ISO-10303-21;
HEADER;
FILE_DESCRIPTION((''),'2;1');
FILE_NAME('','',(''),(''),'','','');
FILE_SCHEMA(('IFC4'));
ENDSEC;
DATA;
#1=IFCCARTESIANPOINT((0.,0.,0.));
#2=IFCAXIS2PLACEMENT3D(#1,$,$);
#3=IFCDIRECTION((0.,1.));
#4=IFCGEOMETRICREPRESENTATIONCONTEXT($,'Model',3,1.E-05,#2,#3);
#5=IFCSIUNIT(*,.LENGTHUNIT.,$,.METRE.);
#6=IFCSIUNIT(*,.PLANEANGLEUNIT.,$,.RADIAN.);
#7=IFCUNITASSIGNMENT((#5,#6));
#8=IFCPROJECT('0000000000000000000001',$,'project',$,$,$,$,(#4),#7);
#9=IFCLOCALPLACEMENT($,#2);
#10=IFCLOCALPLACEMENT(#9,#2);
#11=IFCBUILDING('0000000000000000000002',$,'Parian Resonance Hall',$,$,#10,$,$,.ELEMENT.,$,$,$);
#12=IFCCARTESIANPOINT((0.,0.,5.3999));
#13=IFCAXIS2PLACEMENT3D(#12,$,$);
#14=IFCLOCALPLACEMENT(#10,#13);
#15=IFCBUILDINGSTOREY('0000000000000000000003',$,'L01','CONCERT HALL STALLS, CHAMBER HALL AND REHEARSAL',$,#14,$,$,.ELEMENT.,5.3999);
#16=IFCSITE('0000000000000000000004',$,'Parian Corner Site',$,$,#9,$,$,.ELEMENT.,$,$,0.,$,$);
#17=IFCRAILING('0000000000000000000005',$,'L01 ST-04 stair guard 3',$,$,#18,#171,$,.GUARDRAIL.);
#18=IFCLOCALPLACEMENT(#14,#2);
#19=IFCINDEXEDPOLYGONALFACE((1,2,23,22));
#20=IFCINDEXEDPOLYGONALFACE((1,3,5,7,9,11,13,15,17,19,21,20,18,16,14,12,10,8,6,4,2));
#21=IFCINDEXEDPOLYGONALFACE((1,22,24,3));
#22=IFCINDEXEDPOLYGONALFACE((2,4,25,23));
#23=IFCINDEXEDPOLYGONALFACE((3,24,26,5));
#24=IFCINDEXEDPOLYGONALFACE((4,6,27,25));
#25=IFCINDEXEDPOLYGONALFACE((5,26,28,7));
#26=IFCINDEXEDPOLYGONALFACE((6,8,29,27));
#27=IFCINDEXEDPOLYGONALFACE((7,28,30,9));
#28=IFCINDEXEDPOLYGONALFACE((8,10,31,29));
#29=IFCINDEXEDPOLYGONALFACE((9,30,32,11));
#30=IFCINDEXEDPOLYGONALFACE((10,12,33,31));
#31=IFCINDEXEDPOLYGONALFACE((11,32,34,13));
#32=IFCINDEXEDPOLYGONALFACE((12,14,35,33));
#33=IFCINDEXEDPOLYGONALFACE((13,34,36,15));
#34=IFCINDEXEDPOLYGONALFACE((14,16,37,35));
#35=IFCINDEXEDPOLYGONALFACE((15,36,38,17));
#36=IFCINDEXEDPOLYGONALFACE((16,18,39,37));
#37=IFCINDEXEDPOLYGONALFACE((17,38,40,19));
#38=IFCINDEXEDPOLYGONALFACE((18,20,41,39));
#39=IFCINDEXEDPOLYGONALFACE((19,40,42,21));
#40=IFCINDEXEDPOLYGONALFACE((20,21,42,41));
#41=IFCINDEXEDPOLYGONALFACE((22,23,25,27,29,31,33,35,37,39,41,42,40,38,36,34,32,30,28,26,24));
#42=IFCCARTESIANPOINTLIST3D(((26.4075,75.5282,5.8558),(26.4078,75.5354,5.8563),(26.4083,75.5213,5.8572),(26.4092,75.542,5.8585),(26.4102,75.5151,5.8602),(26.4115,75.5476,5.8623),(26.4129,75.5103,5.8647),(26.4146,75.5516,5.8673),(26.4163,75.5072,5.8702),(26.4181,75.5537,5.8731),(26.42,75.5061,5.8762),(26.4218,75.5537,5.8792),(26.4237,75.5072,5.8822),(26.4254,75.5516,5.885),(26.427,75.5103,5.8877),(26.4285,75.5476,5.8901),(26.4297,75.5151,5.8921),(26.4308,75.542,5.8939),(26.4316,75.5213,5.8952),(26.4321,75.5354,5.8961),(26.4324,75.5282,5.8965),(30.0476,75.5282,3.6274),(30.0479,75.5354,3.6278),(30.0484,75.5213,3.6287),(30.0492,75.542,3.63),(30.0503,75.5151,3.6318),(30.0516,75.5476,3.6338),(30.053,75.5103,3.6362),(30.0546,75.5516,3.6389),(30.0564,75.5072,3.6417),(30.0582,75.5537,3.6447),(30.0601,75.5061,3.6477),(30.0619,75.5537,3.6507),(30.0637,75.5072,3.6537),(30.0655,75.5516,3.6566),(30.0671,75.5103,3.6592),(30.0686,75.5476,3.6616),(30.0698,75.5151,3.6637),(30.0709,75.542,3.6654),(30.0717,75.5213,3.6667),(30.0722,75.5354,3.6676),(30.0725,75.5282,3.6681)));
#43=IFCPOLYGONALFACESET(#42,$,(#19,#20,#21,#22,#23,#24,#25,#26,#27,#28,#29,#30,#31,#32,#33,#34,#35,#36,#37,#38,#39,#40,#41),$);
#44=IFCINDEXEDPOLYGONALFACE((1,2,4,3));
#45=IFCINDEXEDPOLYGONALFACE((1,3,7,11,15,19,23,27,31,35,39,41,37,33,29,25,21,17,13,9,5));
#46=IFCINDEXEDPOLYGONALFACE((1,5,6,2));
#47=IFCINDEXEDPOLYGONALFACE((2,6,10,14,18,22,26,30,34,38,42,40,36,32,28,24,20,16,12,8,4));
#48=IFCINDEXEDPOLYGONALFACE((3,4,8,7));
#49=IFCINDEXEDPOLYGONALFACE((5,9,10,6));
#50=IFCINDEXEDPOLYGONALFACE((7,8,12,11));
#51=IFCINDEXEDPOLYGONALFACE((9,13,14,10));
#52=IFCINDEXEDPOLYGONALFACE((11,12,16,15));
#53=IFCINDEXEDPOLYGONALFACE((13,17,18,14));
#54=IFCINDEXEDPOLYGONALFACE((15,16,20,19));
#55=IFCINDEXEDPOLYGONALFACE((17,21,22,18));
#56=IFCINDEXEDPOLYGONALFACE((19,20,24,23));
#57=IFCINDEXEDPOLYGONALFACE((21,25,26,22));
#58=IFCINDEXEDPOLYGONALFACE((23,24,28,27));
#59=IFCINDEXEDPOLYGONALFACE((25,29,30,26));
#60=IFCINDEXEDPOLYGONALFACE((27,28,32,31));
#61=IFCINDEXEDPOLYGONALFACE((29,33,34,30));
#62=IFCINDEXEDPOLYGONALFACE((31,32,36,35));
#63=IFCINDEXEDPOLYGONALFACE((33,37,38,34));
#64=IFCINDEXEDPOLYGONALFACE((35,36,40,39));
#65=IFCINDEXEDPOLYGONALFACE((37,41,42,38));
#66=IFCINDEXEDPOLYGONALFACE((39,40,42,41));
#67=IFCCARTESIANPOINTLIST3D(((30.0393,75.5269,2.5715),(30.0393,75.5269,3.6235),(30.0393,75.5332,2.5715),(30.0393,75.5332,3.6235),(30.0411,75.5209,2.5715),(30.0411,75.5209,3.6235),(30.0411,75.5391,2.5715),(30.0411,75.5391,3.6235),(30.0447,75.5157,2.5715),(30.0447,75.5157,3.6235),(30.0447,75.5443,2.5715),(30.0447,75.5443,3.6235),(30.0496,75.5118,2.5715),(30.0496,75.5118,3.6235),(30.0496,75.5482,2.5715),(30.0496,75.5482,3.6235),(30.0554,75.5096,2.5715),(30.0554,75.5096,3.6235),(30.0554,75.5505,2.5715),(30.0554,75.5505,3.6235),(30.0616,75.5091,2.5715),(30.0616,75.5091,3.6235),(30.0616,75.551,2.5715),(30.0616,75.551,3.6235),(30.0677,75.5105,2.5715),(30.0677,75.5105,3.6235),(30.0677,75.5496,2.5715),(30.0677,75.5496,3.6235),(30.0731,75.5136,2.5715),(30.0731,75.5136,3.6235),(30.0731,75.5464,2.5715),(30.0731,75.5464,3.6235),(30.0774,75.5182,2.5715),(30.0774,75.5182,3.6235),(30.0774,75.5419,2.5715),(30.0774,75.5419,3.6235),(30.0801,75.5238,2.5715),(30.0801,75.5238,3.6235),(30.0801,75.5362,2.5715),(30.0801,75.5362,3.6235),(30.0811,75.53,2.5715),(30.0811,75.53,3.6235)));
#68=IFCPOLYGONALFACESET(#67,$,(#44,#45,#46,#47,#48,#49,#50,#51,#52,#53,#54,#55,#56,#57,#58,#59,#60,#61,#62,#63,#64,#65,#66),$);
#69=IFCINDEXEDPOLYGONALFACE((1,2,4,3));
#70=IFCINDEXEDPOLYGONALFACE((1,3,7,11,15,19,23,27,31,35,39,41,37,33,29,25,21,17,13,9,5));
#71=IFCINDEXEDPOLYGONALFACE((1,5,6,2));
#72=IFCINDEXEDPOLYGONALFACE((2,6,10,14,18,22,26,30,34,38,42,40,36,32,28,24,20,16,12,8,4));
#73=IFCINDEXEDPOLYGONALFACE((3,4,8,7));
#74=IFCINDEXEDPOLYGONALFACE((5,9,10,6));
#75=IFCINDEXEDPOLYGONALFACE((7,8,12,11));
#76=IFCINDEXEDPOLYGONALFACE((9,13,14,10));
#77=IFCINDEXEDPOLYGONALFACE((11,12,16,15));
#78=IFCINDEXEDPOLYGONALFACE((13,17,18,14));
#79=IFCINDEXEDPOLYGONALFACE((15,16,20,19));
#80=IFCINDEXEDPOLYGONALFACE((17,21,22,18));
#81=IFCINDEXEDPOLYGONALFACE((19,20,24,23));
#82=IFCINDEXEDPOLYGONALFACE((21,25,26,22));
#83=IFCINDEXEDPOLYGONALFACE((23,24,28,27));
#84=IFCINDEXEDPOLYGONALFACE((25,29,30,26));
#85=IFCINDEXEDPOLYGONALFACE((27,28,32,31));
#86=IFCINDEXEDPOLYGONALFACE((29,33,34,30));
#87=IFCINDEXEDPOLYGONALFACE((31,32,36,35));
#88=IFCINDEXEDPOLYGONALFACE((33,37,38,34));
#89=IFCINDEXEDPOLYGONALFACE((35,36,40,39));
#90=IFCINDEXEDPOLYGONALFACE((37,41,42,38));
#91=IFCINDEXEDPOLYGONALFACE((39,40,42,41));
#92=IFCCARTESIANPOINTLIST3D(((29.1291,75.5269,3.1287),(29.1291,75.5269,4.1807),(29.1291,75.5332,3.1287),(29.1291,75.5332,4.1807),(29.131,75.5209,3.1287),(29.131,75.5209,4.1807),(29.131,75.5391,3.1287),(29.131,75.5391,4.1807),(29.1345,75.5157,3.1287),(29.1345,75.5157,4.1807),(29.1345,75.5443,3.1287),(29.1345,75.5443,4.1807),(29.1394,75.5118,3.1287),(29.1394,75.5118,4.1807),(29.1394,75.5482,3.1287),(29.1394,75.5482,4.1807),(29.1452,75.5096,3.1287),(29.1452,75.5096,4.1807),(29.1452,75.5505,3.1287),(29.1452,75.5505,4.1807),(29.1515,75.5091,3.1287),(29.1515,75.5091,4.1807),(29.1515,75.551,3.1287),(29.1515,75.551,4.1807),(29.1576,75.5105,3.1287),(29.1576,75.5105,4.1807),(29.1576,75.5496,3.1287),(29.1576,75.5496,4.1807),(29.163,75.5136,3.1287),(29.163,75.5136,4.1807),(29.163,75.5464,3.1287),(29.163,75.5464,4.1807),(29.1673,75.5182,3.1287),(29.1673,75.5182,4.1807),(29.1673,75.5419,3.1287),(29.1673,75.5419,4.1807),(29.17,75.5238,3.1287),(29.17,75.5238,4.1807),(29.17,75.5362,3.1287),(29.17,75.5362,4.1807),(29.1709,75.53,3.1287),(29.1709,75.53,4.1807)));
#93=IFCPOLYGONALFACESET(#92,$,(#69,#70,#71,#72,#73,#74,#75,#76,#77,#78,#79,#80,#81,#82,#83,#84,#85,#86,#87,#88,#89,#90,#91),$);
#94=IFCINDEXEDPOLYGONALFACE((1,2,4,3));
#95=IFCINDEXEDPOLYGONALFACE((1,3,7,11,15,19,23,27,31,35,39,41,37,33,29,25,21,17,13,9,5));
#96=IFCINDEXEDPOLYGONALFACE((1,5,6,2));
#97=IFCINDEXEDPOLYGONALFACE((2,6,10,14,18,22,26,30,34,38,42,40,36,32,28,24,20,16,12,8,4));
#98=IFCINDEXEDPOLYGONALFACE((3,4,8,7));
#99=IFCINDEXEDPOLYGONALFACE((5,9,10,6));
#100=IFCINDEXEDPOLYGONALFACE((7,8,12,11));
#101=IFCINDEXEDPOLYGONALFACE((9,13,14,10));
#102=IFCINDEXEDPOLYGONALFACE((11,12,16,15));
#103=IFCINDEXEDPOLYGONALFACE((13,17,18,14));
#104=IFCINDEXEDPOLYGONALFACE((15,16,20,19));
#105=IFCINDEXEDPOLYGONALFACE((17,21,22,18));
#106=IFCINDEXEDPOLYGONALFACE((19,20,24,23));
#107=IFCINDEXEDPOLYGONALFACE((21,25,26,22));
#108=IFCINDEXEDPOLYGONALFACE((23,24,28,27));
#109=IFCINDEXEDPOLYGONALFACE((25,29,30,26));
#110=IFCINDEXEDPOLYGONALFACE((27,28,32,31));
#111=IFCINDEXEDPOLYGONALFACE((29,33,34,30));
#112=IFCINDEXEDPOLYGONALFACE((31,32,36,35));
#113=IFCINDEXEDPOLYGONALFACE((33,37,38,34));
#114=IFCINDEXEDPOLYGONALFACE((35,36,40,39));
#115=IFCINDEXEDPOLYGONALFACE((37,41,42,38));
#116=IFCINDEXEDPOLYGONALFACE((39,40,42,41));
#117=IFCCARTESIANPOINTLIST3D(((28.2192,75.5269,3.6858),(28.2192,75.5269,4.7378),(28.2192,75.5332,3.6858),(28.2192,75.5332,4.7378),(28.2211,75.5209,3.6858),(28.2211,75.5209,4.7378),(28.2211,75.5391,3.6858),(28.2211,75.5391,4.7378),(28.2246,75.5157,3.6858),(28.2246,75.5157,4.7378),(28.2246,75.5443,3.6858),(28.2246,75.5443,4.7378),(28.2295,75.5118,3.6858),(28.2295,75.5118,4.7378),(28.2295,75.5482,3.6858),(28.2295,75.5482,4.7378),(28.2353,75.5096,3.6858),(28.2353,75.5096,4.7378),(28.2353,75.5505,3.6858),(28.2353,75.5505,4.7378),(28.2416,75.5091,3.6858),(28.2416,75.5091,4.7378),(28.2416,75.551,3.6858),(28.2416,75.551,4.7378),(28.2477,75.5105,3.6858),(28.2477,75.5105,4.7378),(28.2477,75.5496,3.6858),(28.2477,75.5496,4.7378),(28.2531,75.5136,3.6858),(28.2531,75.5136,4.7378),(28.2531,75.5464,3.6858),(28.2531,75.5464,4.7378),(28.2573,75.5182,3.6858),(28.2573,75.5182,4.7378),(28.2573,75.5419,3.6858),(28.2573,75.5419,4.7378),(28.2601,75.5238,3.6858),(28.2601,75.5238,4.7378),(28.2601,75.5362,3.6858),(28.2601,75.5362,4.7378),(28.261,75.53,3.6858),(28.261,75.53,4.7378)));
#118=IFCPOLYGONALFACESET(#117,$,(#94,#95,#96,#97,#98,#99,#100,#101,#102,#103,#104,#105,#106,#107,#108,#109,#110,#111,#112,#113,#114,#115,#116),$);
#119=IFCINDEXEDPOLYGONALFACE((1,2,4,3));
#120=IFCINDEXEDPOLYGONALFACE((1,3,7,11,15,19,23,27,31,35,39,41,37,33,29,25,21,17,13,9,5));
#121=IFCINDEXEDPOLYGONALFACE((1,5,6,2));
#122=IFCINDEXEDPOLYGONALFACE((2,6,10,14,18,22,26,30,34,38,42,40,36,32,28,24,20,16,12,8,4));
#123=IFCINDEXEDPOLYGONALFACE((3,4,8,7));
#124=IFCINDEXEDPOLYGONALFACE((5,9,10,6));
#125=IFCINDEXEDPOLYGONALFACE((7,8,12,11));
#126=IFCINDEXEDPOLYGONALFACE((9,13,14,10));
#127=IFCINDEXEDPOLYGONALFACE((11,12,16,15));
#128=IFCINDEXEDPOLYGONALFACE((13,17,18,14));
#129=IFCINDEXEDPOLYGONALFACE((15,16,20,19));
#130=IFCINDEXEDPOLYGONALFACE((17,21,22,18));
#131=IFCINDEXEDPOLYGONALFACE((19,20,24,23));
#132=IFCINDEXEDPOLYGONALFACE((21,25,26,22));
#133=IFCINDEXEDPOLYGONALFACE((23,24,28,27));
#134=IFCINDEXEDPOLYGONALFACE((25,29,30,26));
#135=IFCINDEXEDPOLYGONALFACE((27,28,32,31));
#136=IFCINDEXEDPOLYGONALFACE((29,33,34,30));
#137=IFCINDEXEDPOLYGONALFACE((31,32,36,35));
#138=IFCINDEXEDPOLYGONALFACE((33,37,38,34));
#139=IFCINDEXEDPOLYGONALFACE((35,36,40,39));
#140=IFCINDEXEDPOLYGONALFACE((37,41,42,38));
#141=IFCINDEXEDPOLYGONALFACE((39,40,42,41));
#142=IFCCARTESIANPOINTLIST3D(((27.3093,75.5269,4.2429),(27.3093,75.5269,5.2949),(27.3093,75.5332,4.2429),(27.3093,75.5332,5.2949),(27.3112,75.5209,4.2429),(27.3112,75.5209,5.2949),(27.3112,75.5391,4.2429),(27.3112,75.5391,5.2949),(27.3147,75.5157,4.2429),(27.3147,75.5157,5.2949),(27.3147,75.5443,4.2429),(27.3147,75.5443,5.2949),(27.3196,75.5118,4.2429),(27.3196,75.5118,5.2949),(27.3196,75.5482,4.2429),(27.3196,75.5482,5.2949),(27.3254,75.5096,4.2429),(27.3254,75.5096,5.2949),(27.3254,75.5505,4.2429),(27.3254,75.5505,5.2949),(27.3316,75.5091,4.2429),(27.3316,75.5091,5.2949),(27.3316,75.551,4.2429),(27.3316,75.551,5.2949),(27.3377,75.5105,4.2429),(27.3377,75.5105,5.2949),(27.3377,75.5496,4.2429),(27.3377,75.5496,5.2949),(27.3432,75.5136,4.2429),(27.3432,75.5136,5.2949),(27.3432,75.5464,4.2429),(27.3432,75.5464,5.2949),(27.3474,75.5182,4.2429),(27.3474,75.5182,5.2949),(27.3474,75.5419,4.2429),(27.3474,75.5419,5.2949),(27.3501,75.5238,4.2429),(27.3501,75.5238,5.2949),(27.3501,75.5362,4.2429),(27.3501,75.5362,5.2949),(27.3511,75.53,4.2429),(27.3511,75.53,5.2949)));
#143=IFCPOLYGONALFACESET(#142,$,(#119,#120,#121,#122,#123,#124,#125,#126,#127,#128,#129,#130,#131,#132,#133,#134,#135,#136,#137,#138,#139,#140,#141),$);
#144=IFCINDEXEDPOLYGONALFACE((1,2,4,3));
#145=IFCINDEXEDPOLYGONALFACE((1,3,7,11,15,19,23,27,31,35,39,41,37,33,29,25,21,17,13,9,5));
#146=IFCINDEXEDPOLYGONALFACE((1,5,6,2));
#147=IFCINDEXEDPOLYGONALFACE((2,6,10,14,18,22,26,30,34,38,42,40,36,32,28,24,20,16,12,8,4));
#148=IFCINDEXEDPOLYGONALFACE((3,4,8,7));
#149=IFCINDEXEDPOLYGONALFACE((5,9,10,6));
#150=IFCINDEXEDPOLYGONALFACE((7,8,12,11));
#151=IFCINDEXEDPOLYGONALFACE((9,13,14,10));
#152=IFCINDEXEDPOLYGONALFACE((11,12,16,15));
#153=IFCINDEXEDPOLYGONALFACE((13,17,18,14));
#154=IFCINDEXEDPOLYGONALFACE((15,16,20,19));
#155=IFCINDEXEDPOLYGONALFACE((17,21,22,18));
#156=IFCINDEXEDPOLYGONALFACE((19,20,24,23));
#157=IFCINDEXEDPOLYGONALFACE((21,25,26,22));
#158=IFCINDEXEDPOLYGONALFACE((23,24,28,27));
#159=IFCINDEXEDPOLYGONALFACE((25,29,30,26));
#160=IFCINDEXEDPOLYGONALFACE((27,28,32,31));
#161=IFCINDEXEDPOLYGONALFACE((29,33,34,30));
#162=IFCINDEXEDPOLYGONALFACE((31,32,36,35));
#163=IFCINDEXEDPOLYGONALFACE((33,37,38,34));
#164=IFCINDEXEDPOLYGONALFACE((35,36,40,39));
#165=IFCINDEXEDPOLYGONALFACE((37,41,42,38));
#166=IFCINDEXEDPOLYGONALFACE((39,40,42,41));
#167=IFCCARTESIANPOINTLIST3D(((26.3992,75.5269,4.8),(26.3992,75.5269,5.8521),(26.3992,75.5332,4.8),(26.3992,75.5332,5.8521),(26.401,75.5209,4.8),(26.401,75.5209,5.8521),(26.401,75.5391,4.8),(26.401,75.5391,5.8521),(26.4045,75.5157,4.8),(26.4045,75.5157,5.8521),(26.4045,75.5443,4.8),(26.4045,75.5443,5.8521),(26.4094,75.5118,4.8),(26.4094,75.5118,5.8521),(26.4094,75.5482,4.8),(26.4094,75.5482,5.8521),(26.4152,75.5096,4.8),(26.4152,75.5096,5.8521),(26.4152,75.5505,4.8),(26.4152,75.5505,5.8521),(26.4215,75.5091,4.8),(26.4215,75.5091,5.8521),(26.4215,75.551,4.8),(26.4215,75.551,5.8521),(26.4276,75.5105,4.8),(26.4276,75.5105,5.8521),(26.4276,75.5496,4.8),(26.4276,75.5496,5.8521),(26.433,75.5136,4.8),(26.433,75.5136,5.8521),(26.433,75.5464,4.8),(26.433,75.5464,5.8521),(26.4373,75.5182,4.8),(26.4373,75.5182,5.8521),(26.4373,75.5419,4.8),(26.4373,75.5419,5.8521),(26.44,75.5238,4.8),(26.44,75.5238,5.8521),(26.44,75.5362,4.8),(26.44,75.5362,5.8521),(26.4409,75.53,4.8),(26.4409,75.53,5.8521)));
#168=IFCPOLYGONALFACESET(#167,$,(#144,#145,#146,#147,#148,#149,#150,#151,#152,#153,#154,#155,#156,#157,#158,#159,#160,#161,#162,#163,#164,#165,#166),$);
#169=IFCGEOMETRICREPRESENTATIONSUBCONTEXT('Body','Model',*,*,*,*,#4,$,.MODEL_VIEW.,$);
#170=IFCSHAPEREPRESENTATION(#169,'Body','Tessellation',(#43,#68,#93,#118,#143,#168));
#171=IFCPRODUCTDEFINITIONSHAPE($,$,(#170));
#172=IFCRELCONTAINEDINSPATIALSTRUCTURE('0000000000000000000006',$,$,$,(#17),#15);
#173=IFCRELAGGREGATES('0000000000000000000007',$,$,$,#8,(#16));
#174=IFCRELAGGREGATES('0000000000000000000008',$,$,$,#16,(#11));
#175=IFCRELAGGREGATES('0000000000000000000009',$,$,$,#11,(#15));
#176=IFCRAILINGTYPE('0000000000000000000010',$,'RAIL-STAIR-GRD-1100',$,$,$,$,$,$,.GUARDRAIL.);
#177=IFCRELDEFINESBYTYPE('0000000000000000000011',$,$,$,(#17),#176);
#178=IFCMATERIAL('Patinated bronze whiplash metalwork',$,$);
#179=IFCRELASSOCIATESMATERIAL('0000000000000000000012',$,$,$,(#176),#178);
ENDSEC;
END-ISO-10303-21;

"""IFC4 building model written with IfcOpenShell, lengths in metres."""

from ifc_helpers import new_model, si_unit, direction, frame, origin, origin_2d, place, context, subcontext, project, spatial, circle, extrude, material, type_object, element, save


model = new_model("IFC4")

# Units and contexts
model_context = context("Model", 3, precision=1e-05, world=origin(), true_north=direction((0.0, 1.0)))
body_context = subcontext(model_context, "Body", "Model", "MODEL_VIEW")
ifc_project = project(units=[si_unit("LENGTHUNIT", "METRE"), si_unit("PLANEANGLEUNIT", "RADIAN")], contexts=[model_context])

# Site, building, storey
site_placement = place(None, origin())
site = spatial("IfcSite", under=ifc_project, at=site_placement, Name="Parian Corner Site", CompositionType="ELEMENT", RefElevation=0.0)
building_placement = place(site_placement, origin())
building = spatial("IfcBuilding", under=site, at=building_placement, Name="Parian Resonance Hall", CompositionType="ELEMENT")
storey_placement = place(building_placement, frame((0.0, 0.0, 5.3999)))
storey = spatial("IfcBuildingStorey", under=building, at=storey_placement, Name="L01", Description="CONCERT HALL STALLS, CHAMBER HALL AND REHEARSAL", CompositionType="ELEMENT", Elevation=5.3999)

# Railing
ifc_material_1 = material(Name="Patinated bronze whiplash metalwork")
railing_type_1 = type_object("IfcRailingType", Name="RAIL-STAIR-GRD-1100", PredefinedType="GUARDRAIL", material=ifc_material_1)
railing_1_placement = place(storey_placement, frame((30.0601, 75.53, 2.5715)))
element("IfcRailing", 1, at=railing_1_placement, inside=storey, type_object=railing_type_1, Name="L01 ST-04 stair guard 3", PredefinedType="GUARDRAIL", context=body_context, shape_type="SweptSolid", body=[
    extrude(circle(Radius=0.0239, at=origin_2d()), frame((0.0, 0.0, 1.0762), z_axis=(-0.852866, 0.0, 0.52213), x_axis=(0.0, -1.0, 0.0)), (0.0, 0.0, 1.0), 4.2681),
    extrude(circle(Radius=0.021, at=origin_2d()), origin(), (0.0, 0.0, 1.0), 1.052),
    extrude(circle(Radius=0.021, at=origin_2d()), frame((-0.9102, 0.0, 0.5571)), (0.0, 0.0, 1.0), 1.052),
    extrude(circle(Radius=0.021, at=origin_2d()), frame((-1.8201, 0.0, 1.1143)), (0.0, 0.0, 1.0), 1.052),
    extrude(circle(Radius=0.021, at=origin_2d()), frame((-2.73, 0.0, 1.6714)), (0.0, 0.0, 1.0), 1.052),
    extrude(circle(Radius=0.021, at=origin_2d()), frame((-3.6401, 0.0, 2.2285)), (0.0, 0.0, 1.0), 1.052),
])

save(model, "model.ifc")
